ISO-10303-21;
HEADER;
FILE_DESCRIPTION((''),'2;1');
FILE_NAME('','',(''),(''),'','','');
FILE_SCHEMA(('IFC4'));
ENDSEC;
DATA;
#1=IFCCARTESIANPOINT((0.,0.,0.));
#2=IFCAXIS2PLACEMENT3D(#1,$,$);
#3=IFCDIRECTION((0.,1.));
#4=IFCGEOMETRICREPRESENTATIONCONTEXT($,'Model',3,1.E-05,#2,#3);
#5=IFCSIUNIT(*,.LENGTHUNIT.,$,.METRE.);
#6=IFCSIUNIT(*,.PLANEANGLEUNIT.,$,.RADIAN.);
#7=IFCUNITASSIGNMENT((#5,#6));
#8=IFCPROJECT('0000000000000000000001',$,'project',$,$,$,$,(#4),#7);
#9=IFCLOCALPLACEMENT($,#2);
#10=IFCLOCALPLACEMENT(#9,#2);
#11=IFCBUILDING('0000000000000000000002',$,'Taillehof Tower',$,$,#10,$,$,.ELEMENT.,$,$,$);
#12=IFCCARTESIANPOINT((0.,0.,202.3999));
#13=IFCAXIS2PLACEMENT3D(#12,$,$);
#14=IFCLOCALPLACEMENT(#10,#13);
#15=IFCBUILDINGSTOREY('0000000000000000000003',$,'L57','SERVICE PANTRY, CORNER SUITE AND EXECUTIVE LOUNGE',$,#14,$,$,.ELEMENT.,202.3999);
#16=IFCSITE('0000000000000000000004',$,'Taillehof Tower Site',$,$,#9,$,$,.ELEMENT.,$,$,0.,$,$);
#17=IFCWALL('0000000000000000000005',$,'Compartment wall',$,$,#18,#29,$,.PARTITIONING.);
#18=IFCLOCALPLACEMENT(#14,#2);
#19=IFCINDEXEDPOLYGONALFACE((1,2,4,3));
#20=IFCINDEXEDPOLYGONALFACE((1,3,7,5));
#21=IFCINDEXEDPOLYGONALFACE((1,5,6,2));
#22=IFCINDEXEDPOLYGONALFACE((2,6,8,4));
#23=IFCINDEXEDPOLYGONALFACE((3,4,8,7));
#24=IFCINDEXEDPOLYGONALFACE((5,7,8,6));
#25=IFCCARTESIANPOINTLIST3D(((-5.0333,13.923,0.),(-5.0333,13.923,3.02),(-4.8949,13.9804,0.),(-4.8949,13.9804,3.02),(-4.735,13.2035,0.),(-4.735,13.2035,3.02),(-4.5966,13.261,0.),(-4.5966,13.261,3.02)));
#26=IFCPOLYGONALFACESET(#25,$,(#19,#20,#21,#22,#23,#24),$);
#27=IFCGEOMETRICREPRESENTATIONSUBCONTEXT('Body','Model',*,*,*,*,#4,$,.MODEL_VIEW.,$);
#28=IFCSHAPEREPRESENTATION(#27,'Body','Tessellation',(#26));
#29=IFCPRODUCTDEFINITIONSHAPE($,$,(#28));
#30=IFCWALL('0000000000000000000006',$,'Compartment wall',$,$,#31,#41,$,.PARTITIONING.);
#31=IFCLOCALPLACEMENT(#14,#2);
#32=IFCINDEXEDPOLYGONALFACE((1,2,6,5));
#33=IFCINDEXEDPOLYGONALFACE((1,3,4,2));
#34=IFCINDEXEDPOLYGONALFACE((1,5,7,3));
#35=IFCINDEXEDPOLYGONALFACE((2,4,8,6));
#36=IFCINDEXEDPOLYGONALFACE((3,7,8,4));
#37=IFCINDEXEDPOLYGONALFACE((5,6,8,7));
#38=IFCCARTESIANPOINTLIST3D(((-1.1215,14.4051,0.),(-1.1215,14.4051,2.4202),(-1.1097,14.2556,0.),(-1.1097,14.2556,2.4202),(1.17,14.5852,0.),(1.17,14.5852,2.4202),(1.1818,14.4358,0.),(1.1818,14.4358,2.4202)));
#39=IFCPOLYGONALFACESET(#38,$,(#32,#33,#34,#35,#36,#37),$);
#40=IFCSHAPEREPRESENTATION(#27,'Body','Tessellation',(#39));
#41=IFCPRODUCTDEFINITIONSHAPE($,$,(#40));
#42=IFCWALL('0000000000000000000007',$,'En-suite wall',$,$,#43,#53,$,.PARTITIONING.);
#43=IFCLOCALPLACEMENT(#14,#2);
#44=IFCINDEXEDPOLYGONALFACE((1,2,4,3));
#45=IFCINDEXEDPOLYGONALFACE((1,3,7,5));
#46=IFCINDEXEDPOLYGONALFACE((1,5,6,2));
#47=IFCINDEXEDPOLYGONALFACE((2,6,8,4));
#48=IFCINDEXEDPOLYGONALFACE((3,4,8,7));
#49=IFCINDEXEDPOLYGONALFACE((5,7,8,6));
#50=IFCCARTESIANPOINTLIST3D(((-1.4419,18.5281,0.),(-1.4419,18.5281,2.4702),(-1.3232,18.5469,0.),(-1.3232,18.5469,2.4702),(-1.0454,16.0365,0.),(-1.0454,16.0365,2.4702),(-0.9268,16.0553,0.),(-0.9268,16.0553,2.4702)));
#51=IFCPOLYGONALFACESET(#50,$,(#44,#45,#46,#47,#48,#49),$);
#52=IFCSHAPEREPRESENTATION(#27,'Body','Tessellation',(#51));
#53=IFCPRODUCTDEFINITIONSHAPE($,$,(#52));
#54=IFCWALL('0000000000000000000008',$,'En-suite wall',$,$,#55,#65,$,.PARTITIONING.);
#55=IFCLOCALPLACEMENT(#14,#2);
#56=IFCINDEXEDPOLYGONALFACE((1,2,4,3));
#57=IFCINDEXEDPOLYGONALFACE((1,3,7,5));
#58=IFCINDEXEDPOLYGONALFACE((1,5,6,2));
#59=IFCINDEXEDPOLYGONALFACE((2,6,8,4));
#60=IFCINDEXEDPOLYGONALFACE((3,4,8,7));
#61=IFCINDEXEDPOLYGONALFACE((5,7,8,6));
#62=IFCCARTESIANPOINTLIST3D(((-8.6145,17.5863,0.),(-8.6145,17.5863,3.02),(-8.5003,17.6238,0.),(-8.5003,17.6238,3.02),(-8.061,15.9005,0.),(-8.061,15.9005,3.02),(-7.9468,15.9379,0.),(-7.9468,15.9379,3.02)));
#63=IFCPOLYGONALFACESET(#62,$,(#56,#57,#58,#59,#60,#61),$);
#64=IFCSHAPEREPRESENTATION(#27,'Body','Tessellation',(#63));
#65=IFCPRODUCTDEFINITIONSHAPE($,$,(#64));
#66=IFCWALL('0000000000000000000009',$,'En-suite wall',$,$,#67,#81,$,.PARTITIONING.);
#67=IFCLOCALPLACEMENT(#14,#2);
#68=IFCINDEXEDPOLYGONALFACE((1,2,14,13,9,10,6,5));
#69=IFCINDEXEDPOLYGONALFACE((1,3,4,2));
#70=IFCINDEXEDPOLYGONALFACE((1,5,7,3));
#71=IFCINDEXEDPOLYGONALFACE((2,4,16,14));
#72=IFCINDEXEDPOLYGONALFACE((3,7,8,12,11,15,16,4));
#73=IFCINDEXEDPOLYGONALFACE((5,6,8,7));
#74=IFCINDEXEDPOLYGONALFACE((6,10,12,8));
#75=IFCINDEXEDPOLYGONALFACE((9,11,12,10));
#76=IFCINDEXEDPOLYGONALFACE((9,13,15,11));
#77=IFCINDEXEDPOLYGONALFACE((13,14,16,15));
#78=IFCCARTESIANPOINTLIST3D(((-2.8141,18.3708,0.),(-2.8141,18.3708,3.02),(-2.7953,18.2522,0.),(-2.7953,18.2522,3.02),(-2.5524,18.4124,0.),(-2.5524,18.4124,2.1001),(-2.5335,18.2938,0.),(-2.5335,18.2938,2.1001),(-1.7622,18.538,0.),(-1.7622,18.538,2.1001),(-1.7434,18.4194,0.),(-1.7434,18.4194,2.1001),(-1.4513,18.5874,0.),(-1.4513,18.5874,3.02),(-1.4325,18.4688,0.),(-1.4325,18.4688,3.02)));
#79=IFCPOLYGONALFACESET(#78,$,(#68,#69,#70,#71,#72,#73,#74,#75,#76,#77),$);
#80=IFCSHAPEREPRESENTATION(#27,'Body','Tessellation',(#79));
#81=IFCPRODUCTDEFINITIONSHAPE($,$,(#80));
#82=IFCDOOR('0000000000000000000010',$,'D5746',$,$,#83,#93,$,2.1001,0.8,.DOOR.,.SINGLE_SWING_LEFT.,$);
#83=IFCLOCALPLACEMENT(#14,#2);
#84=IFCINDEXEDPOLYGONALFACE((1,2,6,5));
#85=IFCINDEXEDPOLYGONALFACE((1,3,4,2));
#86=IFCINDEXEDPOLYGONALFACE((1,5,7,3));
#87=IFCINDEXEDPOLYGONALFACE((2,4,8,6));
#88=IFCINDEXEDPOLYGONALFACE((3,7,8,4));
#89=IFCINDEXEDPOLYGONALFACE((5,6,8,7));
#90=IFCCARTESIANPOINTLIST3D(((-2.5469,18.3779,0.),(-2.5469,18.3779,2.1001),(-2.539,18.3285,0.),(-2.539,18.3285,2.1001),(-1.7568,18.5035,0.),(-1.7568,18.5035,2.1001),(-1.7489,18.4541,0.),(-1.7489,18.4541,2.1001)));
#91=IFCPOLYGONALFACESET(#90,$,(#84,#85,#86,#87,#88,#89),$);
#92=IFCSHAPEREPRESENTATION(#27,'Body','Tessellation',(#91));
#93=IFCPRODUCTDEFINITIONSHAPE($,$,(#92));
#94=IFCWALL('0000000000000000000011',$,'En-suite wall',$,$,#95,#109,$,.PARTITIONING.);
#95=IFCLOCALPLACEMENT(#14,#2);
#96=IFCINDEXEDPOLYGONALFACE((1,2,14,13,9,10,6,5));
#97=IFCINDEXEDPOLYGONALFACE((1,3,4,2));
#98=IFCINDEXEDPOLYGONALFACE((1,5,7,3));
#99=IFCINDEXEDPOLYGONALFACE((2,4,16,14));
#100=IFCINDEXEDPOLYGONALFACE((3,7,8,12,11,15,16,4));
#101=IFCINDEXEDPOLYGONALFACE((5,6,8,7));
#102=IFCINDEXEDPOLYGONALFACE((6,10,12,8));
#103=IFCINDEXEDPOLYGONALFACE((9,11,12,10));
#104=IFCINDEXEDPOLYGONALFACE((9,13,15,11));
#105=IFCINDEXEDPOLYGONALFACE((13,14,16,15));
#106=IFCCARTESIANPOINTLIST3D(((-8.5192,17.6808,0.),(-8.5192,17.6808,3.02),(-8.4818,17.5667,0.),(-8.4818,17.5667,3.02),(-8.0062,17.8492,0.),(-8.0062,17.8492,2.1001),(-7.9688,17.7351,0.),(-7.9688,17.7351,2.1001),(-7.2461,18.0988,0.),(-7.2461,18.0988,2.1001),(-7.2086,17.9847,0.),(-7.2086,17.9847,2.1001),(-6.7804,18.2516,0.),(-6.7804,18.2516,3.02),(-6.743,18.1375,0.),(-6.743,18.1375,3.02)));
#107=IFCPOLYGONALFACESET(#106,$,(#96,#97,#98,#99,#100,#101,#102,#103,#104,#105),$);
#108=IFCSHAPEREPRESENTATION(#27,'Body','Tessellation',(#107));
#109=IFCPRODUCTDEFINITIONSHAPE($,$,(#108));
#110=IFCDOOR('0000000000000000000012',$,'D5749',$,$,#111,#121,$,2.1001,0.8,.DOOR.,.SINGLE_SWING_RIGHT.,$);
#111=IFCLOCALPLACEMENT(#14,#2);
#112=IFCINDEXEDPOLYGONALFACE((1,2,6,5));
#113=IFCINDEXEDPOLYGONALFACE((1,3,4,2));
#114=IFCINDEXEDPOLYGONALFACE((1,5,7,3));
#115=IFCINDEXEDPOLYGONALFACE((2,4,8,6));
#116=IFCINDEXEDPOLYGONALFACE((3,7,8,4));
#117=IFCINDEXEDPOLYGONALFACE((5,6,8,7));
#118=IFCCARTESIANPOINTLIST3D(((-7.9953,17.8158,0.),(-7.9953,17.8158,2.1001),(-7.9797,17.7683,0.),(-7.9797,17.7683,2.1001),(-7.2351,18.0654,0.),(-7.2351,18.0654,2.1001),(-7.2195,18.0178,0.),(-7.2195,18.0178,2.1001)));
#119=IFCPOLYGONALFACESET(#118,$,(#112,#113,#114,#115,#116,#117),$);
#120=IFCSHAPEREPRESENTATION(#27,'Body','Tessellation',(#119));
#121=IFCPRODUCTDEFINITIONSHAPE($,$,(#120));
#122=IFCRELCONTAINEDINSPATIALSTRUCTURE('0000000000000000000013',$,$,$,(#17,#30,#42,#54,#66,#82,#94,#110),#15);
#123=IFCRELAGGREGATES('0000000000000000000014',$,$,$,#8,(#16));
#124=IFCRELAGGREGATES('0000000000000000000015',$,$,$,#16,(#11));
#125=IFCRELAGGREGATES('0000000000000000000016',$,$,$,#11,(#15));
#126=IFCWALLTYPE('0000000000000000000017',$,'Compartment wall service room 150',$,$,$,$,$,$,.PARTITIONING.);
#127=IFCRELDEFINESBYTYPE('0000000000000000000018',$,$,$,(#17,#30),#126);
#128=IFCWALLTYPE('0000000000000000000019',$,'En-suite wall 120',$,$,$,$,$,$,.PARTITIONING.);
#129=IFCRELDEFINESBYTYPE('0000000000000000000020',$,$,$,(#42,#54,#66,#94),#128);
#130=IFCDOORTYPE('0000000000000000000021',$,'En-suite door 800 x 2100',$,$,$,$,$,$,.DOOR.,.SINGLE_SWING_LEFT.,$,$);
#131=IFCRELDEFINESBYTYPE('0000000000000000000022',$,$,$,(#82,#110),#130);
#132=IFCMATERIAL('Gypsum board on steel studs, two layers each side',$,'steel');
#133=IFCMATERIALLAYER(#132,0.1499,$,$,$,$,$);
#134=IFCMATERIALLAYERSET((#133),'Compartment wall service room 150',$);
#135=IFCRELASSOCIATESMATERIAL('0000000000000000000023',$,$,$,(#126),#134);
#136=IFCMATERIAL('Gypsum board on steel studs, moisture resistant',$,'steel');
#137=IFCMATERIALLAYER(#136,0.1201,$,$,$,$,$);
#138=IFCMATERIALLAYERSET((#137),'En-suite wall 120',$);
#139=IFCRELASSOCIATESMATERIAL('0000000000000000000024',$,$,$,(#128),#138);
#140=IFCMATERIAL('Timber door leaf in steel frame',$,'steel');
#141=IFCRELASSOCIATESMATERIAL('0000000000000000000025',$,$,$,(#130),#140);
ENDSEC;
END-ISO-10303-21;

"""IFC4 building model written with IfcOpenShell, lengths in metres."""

from ifc_helpers import new_model, si_unit, direction, frame, frame_2d, origin, place, context, subcontext, project, spatial, rectangle, extrude, material, layer, layer_set, type_object, element, fill, save


model = new_model("IFC4")

# Units and contexts
model_context = context("Model", 3, precision=1e-05, world=origin(), true_north=direction((0.0, 1.0)))
body_context = subcontext(model_context, "Body", "Model", "MODEL_VIEW")
ifc_project = project(units=[si_unit("LENGTHUNIT", "METRE"), si_unit("PLANEANGLEUNIT", "RADIAN")], contexts=[model_context])

# Site, building, storey
site_placement = place(None, origin())
site = spatial("IfcSite", under=ifc_project, at=site_placement, Name="Taillehof Tower Site", CompositionType="ELEMENT", RefElevation=0.0)
building_placement = place(site_placement, origin())
building = spatial("IfcBuilding", under=site, at=building_placement, Name="Taillehof Tower", CompositionType="ELEMENT")
storey_placement = place(building_placement, frame((0.0, 0.0, 202.3999)))
storey = spatial("IfcBuildingStorey", under=building, at=storey_placement, Name="L57", Description="SERVICE PANTRY, CORNER SUITE AND EXECUTIVE LOUNGE", CompositionType="ELEMENT", Elevation=202.3999)

# Walls
ifc_material_1 = material(Name="Gypsum board on steel studs, two layers each side", Category="steel")
ifc_layer_1 = layer(ifc_material_1, 0.1499)
ifc_layer_set_1 = layer_set([ifc_layer_1], Name="Compartment wall service room 150")
wall_type_1 = type_object("IfcWallType", Name="Compartment wall service room 150", PredefinedType="PARTITIONING", material=ifc_layer_set_1)
wall_1_placement = place(storey_placement, frame((-4.9641, 13.9517, 0.0), z_axis=(0.0, 0.0, 1.0), x_axis=(0.383035, -0.923734, 0.0)))
element("IfcWall", 1, at=wall_1_placement, inside=storey, type_object=wall_type_1, Name="Compartment wall", PredefinedType="PARTITIONING", context=body_context, shape_type="SweptSolid", body=[
    extrude(rectangle(XDim=0.7788, YDim=0.1499, at=frame_2d((0.3894, 0.0))), origin(), (0.0, 0.0, 1.0), 3.02),
])
wall_2_placement = place(storey_placement, frame((-1.1157, 14.3303, 0.0), z_axis=(0.0, 0.0, 1.0), x_axis=(0.996923, 0.078386, 0.0)))
element("IfcWall", 2, at=wall_2_placement, inside=storey, type_object=wall_type_1, Name="Compartment wall", PredefinedType="PARTITIONING", context=body_context, shape_type="SweptSolid", body=[
    extrude(rectangle(XDim=2.2986, YDim=0.1499, at=frame_2d((1.1494, 0.0))), origin(), (0.0, 0.0, 1.0), 2.4202),
])
ifc_material_2 = material(Name="Gypsum board on steel studs, moisture resistant", Category="steel")
ifc_layer_2 = layer(ifc_material_2, 0.1201)
ifc_layer_set_2 = layer_set([ifc_layer_2], Name="En-suite wall 120")
wall_type_2 = type_object("IfcWallType", Name="En-suite wall 120", PredefinedType="PARTITIONING", material=ifc_layer_set_2)
wall_3_placement = place(storey_placement, frame((-0.9861, 16.0459, 0.0), z_axis=(0.0, 0.0, 1.0), x_axis=(-0.157145, 0.987576, 0.0)))
element("IfcWall", 3, at=wall_3_placement, inside=storey, type_object=wall_type_2, Name="En-suite wall", PredefinedType="PARTITIONING", context=body_context, shape_type="SweptSolid", body=[
    extrude(rectangle(XDim=2.5229, YDim=0.1201, at=frame_2d((1.2615, 0.0))), origin(), (0.0, 0.0, 1.0), 2.4702),
])
wall_4_placement = place(storey_placement, frame((-8.0039, 15.9192, 0.0), z_axis=(0.0, 0.0, 1.0), x_axis=(-0.311932, 0.950105, 0.0)))
element("IfcWall", 4, at=wall_4_placement, inside=storey, type_object=wall_type_2, Name="En-suite wall", PredefinedType="PARTITIONING", context=body_context, shape_type="SweptSolid", body=[
    extrude(rectangle(XDim=1.7744, YDim=0.1201, at=frame_2d((0.8872, 0.0))), origin(), (0.0, 0.0, 1.0), 3.02),
])

# Walls, openings, doors
wall_5_placement = place(storey_placement, frame((-1.4419, 18.5281, 0.0), z_axis=(0.0, 0.0, 1.0), x_axis=(-0.987609, -0.156935, 0.0)))
wall_5 = element("IfcWall", 5, at=wall_5_placement, inside=storey, type_object=wall_type_2, Name="En-suite wall", PredefinedType="PARTITIONING", context=body_context, shape_type="SweptSolid", body=[
    extrude(rectangle(XDim=1.3799, YDim=0.1201, at=frame_2d((0.6899, 0.0))), origin(), (0.0, 0.0, 1.0), 3.02),
])
opening_1_placement = place(wall_5_placement, frame((0.3149, 0.0, 0.0)))
opening_1 = element("IfcOpeningElement", 6, at=opening_1_placement, cuts=wall_5, PredefinedType="OPENING", context=body_context, shape_type="SweptSolid", body=[
    extrude(rectangle(XDim=0.8, YDim=2.1001, at=frame_2d((0.3999, 1.05))), frame((0.0, 0.0701, 0.0), z_axis=(0.0, -1.0, 0.0), x_axis=(1.0, 0.0, 0.0)), (0.0, 0.0, 1.0), 0.1401),
])
ifc_material_3 = material(Name="Timber door leaf in steel frame", Category="steel")
door_type_1 = type_object("IfcDoorType", Name="En-suite door 800 x 2100", OperationType="SINGLE_SWING_LEFT", PredefinedType="DOOR", material=ifc_material_3)
door_1_placement = place(opening_1_placement, origin())
door_1 = element("IfcDoor", 7, at=door_1_placement, inside=storey, type_object=door_type_1, Name="D5746", OperationType="SINGLE_SWING_LEFT", OverallHeight=2.1001, OverallWidth=0.8, PredefinedType="DOOR", context=body_context, shape_type="SweptSolid", body=[
    extrude(rectangle(XDim=0.8, YDim=2.1001, at=frame_2d((0.3999, 1.05))), frame((0.0, 0.0249, 0.0), z_axis=(0.0, -1.0, 0.0), x_axis=(1.0, 0.0, 0.0)), (0.0, 0.0, 1.0), 0.05),
])
fill(opening_1, door_1)
wall_6_placement = place(storey_placement, frame((-8.5005, 17.6238, 0.0), z_axis=(0.0, 0.0, 1.0), x_axis=(0.950114, 0.311902, 0.0)))
wall_6 = element("IfcWall", 8, at=wall_6_placement, inside=storey, type_object=wall_type_2, Name="En-suite wall", PredefinedType="PARTITIONING", context=body_context, shape_type="SweptSolid", body=[
    extrude(rectangle(XDim=1.8301, YDim=0.1201, at=frame_2d((0.915, 0.0))), origin(), (0.0, 0.0, 1.0), 3.02),
])
opening_2_placement = place(wall_6_placement, frame((0.54, 0.0, 0.0)))
opening_2 = element("IfcOpeningElement", 9, at=opening_2_placement, cuts=wall_6, PredefinedType="OPENING", context=body_context, shape_type="SweptSolid", body=[
    extrude(rectangle(XDim=0.8, YDim=2.1001, at=frame_2d((0.3999, 1.05))), frame((0.0, 0.0701, 0.0), z_axis=(0.0, -1.0, 0.0), x_axis=(1.0, 0.0, 0.0)), (0.0, 0.0, 1.0), 0.1401),
])
door_2_placement = place(opening_2_placement, origin())
door_2 = element("IfcDoor", 10, at=door_2_placement, inside=storey, type_object=door_type_1, Name="D5749", OperationType="SINGLE_SWING_RIGHT", OverallHeight=2.1001, OverallWidth=0.8, PredefinedType="DOOR", context=body_context, shape_type="SweptSolid", body=[
    extrude(rectangle(XDim=0.8, YDim=2.1001, at=frame_2d((0.3999, 1.05))), frame((0.0, 0.0249, 0.0), z_axis=(0.0, -1.0, 0.0), x_axis=(1.0, 0.0, 0.0)), (0.0, 0.0, 1.0), 0.05),
])
fill(opening_2, door_2)

save(model, "model.ifc")
